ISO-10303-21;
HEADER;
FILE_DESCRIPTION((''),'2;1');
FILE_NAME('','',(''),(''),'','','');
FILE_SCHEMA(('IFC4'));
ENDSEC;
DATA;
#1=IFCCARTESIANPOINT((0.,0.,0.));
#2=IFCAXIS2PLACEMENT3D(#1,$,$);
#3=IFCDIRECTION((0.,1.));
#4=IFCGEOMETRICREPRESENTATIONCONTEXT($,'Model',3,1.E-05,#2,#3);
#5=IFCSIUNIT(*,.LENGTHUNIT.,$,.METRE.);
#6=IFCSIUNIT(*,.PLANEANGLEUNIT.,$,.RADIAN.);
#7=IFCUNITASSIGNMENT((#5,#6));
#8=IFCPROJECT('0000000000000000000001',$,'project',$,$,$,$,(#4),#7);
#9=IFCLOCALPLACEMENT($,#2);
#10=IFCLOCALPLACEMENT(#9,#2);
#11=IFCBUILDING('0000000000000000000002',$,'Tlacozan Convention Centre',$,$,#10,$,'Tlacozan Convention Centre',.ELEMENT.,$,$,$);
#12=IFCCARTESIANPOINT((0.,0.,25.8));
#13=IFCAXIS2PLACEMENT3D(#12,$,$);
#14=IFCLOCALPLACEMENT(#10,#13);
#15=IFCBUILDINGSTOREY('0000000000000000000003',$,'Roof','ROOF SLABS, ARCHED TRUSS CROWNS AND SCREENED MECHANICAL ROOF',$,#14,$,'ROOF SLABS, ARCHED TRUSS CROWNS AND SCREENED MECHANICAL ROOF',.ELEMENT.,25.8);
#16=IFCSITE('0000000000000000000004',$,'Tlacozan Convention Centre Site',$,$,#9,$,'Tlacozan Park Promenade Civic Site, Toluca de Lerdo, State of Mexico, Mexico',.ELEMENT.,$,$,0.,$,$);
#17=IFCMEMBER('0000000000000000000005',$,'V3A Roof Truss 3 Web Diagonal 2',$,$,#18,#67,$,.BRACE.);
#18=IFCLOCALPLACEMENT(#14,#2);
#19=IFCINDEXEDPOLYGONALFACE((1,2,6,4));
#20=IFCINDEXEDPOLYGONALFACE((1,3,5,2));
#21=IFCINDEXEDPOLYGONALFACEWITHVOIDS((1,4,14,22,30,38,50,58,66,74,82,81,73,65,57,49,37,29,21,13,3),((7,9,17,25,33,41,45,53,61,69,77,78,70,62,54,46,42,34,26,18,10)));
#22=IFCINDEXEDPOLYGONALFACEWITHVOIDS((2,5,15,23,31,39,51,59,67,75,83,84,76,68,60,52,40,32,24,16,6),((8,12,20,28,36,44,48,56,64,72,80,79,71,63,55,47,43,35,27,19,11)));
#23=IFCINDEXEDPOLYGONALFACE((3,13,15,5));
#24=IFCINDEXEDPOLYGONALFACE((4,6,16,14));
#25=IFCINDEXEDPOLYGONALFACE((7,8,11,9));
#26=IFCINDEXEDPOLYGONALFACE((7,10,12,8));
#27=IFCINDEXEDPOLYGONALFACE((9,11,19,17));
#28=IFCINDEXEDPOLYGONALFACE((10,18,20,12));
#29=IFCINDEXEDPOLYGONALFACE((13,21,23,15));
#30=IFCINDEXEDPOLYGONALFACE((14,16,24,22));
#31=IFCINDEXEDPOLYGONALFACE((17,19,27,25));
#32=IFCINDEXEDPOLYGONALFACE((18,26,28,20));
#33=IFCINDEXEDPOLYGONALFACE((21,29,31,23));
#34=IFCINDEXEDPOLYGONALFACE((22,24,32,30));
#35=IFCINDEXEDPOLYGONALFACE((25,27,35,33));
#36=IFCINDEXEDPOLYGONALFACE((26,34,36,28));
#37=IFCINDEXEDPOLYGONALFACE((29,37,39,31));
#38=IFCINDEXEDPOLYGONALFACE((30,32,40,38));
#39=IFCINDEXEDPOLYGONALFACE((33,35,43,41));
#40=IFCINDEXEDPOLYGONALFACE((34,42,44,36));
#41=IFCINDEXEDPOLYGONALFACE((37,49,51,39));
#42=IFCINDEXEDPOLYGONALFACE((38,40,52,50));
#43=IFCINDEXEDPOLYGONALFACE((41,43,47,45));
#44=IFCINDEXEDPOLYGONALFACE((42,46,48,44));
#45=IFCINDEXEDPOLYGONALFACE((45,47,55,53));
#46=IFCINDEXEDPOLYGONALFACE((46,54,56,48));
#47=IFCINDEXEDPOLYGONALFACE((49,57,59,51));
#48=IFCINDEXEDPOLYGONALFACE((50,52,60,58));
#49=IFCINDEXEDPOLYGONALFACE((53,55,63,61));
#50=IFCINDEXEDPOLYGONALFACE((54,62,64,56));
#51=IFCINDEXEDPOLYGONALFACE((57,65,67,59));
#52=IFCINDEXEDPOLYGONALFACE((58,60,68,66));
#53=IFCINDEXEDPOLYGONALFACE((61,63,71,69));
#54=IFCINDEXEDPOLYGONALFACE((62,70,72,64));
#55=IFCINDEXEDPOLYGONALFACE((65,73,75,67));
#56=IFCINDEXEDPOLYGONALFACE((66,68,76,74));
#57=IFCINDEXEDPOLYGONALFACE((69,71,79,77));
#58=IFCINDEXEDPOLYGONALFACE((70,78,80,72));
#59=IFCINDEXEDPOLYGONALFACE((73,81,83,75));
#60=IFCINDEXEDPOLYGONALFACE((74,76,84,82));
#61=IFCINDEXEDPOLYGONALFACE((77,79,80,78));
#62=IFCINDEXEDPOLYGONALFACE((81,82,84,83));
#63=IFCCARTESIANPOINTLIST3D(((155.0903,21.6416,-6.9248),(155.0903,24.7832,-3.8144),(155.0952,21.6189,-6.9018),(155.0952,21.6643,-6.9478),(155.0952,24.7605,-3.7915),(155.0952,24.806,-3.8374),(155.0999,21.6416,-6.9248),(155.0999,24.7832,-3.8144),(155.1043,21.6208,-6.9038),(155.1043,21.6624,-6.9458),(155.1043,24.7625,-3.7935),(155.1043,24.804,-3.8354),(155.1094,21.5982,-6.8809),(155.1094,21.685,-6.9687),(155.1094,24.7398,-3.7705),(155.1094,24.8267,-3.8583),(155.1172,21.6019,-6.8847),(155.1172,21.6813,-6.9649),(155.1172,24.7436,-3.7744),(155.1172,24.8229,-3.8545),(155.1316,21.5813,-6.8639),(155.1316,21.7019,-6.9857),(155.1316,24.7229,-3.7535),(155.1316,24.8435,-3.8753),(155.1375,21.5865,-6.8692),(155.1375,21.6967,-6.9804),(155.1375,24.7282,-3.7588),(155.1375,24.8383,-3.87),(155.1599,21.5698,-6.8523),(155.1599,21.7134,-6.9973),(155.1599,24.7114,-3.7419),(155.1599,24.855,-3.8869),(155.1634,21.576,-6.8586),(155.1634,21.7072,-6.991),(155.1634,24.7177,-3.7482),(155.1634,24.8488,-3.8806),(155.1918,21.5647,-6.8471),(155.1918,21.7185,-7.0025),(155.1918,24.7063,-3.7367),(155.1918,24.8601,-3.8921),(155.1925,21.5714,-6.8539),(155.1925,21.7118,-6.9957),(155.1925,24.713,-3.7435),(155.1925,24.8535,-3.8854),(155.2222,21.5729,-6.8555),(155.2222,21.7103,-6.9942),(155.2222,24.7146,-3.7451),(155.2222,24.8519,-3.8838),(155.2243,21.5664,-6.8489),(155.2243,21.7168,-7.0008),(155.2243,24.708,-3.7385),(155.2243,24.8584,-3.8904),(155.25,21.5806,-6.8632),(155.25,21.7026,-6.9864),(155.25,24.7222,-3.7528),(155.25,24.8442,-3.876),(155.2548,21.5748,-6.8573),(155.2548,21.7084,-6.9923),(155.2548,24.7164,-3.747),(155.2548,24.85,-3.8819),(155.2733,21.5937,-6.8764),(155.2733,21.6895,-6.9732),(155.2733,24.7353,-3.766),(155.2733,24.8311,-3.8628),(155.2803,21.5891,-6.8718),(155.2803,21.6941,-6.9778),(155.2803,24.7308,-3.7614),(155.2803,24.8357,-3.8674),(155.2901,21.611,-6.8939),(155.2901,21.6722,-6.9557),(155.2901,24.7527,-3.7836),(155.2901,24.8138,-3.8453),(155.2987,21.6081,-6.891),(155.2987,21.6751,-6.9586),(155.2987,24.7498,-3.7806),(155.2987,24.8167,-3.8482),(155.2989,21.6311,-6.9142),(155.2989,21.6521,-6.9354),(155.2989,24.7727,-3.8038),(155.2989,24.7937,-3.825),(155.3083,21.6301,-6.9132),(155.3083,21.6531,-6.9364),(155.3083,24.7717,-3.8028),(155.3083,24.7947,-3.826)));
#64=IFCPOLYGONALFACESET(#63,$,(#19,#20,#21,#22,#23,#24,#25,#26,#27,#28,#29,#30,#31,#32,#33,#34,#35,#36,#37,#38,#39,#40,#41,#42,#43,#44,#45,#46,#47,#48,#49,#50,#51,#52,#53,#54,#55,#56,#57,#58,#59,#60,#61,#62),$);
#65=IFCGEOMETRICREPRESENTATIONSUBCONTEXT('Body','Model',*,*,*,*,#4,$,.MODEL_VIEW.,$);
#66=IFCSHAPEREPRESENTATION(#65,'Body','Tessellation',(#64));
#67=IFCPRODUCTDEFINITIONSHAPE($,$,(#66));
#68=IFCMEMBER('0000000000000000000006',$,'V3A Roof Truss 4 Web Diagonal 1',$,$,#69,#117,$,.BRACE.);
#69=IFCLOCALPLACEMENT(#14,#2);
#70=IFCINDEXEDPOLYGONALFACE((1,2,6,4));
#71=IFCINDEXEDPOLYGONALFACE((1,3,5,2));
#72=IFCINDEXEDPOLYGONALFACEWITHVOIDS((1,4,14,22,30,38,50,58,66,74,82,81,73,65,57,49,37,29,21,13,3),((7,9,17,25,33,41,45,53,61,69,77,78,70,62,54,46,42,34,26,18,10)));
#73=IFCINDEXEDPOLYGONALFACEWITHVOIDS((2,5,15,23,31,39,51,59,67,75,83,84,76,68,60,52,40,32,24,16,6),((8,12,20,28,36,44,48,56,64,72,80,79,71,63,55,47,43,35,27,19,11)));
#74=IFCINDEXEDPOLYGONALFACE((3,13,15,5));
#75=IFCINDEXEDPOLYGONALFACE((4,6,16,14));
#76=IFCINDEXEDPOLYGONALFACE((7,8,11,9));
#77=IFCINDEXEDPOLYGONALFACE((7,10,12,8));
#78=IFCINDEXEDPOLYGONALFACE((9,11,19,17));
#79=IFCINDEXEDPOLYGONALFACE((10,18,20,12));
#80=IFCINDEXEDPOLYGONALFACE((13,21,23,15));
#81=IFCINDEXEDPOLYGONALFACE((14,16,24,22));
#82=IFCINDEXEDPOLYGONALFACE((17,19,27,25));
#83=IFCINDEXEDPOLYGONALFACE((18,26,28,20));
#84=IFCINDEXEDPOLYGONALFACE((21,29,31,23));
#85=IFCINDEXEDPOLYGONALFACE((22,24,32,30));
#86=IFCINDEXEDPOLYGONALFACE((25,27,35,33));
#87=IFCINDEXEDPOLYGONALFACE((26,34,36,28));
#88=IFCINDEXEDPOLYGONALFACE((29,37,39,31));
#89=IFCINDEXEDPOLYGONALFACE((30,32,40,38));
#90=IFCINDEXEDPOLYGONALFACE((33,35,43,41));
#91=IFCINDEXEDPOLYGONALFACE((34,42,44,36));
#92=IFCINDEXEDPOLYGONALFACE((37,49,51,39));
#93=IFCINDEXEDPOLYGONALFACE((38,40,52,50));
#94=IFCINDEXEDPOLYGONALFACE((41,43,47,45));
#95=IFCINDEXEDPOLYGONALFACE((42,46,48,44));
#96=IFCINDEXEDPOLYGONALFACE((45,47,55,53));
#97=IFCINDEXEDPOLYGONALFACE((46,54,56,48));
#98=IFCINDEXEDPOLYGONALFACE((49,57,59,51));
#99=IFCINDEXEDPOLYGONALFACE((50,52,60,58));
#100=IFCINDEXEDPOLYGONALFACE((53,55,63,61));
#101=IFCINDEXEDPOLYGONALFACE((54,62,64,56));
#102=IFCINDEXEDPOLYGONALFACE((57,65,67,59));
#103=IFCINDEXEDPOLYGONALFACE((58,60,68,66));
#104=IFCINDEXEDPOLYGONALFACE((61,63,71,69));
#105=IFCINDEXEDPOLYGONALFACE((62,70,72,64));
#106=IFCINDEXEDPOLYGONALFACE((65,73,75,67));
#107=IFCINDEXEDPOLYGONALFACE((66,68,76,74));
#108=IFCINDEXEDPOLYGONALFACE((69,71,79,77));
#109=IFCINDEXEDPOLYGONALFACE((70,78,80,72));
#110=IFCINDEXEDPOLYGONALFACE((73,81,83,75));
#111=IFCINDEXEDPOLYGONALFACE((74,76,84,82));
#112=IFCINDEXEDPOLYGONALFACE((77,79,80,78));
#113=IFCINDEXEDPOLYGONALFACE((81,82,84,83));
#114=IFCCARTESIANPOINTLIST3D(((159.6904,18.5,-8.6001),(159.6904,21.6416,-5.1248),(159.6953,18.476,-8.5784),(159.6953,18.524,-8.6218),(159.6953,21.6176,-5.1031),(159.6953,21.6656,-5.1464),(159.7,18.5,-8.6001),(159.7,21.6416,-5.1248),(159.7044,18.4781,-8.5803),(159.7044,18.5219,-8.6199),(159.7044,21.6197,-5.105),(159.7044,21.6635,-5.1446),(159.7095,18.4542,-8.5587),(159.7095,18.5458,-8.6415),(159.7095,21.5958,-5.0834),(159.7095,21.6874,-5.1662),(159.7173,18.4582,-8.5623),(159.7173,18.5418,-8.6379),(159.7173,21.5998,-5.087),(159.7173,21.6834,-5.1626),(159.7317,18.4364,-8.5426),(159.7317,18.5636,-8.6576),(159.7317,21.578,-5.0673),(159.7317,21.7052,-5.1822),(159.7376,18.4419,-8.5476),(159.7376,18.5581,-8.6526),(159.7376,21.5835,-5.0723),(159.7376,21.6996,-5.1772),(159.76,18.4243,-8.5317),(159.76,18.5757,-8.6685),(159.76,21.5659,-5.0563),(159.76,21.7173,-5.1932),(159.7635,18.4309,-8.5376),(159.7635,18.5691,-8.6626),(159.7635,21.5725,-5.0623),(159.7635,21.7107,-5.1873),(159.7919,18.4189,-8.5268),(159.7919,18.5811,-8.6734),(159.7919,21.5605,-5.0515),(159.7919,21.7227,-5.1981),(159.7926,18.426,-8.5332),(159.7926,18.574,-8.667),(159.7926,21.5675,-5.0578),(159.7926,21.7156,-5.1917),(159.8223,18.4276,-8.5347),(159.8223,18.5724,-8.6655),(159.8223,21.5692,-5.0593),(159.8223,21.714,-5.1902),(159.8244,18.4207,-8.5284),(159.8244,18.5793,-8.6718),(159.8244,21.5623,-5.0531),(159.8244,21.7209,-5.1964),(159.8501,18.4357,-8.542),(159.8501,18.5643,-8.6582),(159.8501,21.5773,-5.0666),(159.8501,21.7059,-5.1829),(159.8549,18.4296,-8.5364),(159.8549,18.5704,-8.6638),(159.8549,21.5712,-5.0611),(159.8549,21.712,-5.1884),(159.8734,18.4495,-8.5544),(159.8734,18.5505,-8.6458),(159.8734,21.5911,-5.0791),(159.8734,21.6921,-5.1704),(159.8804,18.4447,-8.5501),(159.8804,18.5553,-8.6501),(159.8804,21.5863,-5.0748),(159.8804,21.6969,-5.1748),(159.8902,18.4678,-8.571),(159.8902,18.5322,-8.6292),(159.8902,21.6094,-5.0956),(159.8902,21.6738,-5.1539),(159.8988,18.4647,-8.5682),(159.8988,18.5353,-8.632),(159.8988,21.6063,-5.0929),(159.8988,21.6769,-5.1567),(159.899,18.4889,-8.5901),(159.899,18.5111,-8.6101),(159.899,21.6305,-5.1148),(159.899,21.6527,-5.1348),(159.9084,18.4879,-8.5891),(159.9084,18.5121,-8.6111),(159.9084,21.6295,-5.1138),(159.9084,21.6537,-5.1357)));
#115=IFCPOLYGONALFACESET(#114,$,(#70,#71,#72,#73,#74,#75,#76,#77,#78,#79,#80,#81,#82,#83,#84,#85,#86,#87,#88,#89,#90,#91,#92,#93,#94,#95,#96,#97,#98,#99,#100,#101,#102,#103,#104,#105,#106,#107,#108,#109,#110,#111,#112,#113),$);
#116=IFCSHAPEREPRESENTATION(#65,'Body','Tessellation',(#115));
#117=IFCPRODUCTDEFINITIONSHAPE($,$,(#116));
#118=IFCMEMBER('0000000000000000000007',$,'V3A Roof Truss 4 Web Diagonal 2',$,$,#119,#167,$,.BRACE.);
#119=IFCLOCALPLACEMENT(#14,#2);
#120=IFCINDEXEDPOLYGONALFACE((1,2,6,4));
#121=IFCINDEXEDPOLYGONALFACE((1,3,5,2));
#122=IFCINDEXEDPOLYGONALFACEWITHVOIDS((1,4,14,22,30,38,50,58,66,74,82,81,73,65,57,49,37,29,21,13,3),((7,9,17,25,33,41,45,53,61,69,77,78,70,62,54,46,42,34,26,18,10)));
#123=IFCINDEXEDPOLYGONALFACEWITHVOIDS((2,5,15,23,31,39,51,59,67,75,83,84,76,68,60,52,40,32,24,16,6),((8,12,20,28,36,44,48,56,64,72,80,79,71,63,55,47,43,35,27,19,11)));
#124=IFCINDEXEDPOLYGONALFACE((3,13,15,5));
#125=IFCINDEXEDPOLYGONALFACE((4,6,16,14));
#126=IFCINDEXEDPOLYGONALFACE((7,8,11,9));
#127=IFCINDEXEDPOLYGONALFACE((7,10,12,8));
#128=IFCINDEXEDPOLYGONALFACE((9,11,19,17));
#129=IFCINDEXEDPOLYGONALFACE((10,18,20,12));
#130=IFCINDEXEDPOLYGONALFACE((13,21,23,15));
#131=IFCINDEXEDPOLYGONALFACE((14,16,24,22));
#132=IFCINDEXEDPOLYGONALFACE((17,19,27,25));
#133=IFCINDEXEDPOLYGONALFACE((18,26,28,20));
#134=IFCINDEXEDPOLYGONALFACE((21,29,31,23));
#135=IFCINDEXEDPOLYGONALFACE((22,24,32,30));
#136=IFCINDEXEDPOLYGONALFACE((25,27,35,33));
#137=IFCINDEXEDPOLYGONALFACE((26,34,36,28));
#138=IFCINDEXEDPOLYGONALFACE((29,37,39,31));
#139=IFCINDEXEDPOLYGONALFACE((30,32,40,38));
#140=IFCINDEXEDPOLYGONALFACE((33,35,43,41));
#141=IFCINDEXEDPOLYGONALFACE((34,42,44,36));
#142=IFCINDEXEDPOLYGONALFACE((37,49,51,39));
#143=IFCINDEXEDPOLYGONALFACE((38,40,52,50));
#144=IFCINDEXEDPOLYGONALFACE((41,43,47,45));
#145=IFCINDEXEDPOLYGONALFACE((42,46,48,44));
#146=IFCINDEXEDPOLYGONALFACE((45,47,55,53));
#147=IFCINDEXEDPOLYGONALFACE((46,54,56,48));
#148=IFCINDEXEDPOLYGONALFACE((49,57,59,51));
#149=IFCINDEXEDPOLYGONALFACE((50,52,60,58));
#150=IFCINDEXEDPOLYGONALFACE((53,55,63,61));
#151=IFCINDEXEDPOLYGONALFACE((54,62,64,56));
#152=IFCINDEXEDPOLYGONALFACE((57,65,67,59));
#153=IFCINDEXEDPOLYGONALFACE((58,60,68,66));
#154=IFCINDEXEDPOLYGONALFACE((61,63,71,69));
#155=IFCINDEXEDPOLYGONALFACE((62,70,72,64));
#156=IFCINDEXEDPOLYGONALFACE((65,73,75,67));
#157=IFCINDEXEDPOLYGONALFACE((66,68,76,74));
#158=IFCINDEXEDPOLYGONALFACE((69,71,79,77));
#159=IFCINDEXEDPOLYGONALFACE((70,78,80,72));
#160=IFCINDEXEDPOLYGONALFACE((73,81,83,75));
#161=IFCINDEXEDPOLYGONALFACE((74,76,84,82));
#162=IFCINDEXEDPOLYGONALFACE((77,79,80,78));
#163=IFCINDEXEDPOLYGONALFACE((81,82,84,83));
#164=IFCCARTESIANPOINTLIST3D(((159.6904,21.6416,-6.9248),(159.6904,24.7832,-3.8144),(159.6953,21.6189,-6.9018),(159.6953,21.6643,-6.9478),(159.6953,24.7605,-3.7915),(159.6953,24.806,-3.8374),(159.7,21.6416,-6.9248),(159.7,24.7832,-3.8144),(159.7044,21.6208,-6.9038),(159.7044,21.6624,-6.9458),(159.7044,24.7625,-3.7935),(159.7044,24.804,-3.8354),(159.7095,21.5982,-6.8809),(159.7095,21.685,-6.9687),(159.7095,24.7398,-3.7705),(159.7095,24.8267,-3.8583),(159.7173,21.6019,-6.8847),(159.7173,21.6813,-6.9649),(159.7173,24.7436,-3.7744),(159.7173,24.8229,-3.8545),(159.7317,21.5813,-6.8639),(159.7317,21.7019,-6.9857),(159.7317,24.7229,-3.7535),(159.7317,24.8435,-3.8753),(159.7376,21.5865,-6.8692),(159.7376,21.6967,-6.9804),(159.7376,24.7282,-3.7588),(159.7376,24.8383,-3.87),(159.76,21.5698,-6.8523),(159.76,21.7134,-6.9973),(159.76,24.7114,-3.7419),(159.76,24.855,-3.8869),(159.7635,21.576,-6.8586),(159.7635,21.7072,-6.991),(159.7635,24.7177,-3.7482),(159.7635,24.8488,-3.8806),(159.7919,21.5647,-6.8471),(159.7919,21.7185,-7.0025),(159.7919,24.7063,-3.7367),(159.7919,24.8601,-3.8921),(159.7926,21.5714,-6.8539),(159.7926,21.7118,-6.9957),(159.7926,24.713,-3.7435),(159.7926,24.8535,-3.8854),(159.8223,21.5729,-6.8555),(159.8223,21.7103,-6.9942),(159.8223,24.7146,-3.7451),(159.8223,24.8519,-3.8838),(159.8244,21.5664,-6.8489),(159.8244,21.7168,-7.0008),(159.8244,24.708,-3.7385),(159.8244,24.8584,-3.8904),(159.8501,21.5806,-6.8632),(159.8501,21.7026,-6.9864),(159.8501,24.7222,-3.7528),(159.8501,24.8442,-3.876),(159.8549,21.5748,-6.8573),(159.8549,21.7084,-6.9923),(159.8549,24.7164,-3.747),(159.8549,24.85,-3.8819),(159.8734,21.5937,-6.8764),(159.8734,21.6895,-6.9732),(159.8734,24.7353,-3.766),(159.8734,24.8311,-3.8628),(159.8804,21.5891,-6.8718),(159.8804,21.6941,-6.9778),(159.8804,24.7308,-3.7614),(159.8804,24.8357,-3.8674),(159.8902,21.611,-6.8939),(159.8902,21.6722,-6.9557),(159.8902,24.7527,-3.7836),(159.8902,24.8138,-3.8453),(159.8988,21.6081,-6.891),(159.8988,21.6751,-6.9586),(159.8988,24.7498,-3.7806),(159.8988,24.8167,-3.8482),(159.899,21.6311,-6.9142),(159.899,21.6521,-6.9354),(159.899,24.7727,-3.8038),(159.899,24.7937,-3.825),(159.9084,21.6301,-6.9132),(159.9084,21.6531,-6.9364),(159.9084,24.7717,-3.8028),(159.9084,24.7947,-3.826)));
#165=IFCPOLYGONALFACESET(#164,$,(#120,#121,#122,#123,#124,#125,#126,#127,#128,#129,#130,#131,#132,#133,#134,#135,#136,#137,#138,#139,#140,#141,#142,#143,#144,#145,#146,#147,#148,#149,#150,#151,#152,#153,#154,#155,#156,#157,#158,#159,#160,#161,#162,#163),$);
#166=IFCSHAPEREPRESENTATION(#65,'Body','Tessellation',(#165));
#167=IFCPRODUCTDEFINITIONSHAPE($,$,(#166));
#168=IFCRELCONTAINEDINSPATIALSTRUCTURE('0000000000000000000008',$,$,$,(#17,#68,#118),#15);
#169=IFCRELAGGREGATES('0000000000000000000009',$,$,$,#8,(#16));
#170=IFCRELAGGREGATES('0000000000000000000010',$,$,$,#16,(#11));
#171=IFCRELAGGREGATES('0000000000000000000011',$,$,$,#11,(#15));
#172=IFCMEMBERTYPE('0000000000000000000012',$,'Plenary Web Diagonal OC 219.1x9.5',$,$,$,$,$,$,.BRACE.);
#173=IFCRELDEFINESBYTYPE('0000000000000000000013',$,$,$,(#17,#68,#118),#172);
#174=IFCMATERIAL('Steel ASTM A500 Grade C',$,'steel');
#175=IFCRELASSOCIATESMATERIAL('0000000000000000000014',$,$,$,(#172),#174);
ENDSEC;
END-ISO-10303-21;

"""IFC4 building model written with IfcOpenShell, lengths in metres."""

from ifc_helpers import new_model, si_unit, direction, frame, origin, origin_2d, place, context, subcontext, project, spatial, hollow_circle, extrude, material, material_profile, profile_set, type_object, element, save


model = new_model("IFC4")

# Units and contexts
model_context = context("Model", 3, precision=1e-05, world=origin(), true_north=direction((0.0, 1.0)))
body_context = subcontext(model_context, "Body", "Model", "MODEL_VIEW")
ifc_project = project(units=[si_unit("LENGTHUNIT", "METRE"), si_unit("PLANEANGLEUNIT", "RADIAN")], contexts=[model_context])

# Site, building, storey
site_placement = place(None, origin())
site = spatial("IfcSite", under=ifc_project, at=site_placement, Name="Tlacozan Convention Centre Site", LongName="Tlacozan Park Promenade Civic Site, Toluca de Lerdo, State of Mexico, Mexico", CompositionType="ELEMENT", RefElevation=0.0)
building_placement = place(site_placement, origin())
building = spatial("IfcBuilding", under=site, at=building_placement, Name="Tlacozan Convention Centre", LongName="Tlacozan Convention Centre", CompositionType="ELEMENT")
storey_placement = place(building_placement, frame((0.0, 0.0, 25.8)))
storey = spatial("IfcBuildingStorey", under=building, at=storey_placement, Name="Roof", Description="ROOF SLABS, ARCHED TRUSS CROWNS AND SCREENED MECHANICAL ROOF", LongName="ROOF SLABS, ARCHED TRUSS CROWNS AND SCREENED MECHANICAL ROOF", CompositionType="ELEMENT", Elevation=25.8)

# Members
ifc_material_1 = material(Name="Steel ASTM A500 Grade C", Category="steel")
ifc_material_profile_1 = material_profile(ifc_material_1, hollow_circle(Radius=0.1096, WallThickness=0.0095, at=origin_2d()), Name="OC 219.1x9.5")
ifc_profile_set_1 = profile_set([ifc_material_profile_1], Name="Steel ASTM A500 Grade C")
member_type_1 = type_object("IfcMemberType", Name="Plenary Web Diagonal OC 219.1x9.5", PredefinedType="BRACE", material=ifc_profile_set_1)
member_1_placement = place(storey_placement, frame((155.2, 21.6416, -6.9248), z_axis=(0.0, 0.710632, 0.703564), x_axis=(-1.0, 0.0, 0.0)))
element("IfcMember", 1, at=member_1_placement, inside=storey, type_object=member_type_1, Name="V3A Roof Truss 3 Web Diagonal 2", PredefinedType="BRACE", context=body_context, shape_type="SweptSolid", body=[
    extrude(hollow_circle(Radius=0.1096, WallThickness=0.0095, at=origin_2d()), origin(), (0.0, 0.0, 1.0), 4.4209),
])
member_2_placement = place(storey_placement, frame((159.8, 18.5, -8.6001), z_axis=(0.0, 0.67059, 0.741828), x_axis=(-1.0, 0.0, 0.0)))
element("IfcMember", 2, at=member_2_placement, inside=storey, type_object=member_type_1, Name="V3A Roof Truss 4 Web Diagonal 1", PredefinedType="BRACE", context=body_context, shape_type="SweptSolid", body=[
    extrude(hollow_circle(Radius=0.1096, WallThickness=0.0095, at=origin_2d()), origin(), (0.0, 0.0, 1.0), 4.6848),
])
member_3_placement = place(storey_placement, frame((159.8, 21.6416, -6.9248), z_axis=(0.0, 0.710632, 0.703564), x_axis=(-1.0, 0.0, 0.0)))
element("IfcMember", 3, at=member_3_placement, inside=storey, type_object=member_type_1, Name="V3A Roof Truss 4 Web Diagonal 2", PredefinedType="BRACE", context=body_context, shape_type="SweptSolid", body=[
    extrude(hollow_circle(Radius=0.1096, WallThickness=0.0095, at=origin_2d()), origin(), (0.0, 0.0, 1.0), 4.4209),
])

save(model, "model.ifc")
